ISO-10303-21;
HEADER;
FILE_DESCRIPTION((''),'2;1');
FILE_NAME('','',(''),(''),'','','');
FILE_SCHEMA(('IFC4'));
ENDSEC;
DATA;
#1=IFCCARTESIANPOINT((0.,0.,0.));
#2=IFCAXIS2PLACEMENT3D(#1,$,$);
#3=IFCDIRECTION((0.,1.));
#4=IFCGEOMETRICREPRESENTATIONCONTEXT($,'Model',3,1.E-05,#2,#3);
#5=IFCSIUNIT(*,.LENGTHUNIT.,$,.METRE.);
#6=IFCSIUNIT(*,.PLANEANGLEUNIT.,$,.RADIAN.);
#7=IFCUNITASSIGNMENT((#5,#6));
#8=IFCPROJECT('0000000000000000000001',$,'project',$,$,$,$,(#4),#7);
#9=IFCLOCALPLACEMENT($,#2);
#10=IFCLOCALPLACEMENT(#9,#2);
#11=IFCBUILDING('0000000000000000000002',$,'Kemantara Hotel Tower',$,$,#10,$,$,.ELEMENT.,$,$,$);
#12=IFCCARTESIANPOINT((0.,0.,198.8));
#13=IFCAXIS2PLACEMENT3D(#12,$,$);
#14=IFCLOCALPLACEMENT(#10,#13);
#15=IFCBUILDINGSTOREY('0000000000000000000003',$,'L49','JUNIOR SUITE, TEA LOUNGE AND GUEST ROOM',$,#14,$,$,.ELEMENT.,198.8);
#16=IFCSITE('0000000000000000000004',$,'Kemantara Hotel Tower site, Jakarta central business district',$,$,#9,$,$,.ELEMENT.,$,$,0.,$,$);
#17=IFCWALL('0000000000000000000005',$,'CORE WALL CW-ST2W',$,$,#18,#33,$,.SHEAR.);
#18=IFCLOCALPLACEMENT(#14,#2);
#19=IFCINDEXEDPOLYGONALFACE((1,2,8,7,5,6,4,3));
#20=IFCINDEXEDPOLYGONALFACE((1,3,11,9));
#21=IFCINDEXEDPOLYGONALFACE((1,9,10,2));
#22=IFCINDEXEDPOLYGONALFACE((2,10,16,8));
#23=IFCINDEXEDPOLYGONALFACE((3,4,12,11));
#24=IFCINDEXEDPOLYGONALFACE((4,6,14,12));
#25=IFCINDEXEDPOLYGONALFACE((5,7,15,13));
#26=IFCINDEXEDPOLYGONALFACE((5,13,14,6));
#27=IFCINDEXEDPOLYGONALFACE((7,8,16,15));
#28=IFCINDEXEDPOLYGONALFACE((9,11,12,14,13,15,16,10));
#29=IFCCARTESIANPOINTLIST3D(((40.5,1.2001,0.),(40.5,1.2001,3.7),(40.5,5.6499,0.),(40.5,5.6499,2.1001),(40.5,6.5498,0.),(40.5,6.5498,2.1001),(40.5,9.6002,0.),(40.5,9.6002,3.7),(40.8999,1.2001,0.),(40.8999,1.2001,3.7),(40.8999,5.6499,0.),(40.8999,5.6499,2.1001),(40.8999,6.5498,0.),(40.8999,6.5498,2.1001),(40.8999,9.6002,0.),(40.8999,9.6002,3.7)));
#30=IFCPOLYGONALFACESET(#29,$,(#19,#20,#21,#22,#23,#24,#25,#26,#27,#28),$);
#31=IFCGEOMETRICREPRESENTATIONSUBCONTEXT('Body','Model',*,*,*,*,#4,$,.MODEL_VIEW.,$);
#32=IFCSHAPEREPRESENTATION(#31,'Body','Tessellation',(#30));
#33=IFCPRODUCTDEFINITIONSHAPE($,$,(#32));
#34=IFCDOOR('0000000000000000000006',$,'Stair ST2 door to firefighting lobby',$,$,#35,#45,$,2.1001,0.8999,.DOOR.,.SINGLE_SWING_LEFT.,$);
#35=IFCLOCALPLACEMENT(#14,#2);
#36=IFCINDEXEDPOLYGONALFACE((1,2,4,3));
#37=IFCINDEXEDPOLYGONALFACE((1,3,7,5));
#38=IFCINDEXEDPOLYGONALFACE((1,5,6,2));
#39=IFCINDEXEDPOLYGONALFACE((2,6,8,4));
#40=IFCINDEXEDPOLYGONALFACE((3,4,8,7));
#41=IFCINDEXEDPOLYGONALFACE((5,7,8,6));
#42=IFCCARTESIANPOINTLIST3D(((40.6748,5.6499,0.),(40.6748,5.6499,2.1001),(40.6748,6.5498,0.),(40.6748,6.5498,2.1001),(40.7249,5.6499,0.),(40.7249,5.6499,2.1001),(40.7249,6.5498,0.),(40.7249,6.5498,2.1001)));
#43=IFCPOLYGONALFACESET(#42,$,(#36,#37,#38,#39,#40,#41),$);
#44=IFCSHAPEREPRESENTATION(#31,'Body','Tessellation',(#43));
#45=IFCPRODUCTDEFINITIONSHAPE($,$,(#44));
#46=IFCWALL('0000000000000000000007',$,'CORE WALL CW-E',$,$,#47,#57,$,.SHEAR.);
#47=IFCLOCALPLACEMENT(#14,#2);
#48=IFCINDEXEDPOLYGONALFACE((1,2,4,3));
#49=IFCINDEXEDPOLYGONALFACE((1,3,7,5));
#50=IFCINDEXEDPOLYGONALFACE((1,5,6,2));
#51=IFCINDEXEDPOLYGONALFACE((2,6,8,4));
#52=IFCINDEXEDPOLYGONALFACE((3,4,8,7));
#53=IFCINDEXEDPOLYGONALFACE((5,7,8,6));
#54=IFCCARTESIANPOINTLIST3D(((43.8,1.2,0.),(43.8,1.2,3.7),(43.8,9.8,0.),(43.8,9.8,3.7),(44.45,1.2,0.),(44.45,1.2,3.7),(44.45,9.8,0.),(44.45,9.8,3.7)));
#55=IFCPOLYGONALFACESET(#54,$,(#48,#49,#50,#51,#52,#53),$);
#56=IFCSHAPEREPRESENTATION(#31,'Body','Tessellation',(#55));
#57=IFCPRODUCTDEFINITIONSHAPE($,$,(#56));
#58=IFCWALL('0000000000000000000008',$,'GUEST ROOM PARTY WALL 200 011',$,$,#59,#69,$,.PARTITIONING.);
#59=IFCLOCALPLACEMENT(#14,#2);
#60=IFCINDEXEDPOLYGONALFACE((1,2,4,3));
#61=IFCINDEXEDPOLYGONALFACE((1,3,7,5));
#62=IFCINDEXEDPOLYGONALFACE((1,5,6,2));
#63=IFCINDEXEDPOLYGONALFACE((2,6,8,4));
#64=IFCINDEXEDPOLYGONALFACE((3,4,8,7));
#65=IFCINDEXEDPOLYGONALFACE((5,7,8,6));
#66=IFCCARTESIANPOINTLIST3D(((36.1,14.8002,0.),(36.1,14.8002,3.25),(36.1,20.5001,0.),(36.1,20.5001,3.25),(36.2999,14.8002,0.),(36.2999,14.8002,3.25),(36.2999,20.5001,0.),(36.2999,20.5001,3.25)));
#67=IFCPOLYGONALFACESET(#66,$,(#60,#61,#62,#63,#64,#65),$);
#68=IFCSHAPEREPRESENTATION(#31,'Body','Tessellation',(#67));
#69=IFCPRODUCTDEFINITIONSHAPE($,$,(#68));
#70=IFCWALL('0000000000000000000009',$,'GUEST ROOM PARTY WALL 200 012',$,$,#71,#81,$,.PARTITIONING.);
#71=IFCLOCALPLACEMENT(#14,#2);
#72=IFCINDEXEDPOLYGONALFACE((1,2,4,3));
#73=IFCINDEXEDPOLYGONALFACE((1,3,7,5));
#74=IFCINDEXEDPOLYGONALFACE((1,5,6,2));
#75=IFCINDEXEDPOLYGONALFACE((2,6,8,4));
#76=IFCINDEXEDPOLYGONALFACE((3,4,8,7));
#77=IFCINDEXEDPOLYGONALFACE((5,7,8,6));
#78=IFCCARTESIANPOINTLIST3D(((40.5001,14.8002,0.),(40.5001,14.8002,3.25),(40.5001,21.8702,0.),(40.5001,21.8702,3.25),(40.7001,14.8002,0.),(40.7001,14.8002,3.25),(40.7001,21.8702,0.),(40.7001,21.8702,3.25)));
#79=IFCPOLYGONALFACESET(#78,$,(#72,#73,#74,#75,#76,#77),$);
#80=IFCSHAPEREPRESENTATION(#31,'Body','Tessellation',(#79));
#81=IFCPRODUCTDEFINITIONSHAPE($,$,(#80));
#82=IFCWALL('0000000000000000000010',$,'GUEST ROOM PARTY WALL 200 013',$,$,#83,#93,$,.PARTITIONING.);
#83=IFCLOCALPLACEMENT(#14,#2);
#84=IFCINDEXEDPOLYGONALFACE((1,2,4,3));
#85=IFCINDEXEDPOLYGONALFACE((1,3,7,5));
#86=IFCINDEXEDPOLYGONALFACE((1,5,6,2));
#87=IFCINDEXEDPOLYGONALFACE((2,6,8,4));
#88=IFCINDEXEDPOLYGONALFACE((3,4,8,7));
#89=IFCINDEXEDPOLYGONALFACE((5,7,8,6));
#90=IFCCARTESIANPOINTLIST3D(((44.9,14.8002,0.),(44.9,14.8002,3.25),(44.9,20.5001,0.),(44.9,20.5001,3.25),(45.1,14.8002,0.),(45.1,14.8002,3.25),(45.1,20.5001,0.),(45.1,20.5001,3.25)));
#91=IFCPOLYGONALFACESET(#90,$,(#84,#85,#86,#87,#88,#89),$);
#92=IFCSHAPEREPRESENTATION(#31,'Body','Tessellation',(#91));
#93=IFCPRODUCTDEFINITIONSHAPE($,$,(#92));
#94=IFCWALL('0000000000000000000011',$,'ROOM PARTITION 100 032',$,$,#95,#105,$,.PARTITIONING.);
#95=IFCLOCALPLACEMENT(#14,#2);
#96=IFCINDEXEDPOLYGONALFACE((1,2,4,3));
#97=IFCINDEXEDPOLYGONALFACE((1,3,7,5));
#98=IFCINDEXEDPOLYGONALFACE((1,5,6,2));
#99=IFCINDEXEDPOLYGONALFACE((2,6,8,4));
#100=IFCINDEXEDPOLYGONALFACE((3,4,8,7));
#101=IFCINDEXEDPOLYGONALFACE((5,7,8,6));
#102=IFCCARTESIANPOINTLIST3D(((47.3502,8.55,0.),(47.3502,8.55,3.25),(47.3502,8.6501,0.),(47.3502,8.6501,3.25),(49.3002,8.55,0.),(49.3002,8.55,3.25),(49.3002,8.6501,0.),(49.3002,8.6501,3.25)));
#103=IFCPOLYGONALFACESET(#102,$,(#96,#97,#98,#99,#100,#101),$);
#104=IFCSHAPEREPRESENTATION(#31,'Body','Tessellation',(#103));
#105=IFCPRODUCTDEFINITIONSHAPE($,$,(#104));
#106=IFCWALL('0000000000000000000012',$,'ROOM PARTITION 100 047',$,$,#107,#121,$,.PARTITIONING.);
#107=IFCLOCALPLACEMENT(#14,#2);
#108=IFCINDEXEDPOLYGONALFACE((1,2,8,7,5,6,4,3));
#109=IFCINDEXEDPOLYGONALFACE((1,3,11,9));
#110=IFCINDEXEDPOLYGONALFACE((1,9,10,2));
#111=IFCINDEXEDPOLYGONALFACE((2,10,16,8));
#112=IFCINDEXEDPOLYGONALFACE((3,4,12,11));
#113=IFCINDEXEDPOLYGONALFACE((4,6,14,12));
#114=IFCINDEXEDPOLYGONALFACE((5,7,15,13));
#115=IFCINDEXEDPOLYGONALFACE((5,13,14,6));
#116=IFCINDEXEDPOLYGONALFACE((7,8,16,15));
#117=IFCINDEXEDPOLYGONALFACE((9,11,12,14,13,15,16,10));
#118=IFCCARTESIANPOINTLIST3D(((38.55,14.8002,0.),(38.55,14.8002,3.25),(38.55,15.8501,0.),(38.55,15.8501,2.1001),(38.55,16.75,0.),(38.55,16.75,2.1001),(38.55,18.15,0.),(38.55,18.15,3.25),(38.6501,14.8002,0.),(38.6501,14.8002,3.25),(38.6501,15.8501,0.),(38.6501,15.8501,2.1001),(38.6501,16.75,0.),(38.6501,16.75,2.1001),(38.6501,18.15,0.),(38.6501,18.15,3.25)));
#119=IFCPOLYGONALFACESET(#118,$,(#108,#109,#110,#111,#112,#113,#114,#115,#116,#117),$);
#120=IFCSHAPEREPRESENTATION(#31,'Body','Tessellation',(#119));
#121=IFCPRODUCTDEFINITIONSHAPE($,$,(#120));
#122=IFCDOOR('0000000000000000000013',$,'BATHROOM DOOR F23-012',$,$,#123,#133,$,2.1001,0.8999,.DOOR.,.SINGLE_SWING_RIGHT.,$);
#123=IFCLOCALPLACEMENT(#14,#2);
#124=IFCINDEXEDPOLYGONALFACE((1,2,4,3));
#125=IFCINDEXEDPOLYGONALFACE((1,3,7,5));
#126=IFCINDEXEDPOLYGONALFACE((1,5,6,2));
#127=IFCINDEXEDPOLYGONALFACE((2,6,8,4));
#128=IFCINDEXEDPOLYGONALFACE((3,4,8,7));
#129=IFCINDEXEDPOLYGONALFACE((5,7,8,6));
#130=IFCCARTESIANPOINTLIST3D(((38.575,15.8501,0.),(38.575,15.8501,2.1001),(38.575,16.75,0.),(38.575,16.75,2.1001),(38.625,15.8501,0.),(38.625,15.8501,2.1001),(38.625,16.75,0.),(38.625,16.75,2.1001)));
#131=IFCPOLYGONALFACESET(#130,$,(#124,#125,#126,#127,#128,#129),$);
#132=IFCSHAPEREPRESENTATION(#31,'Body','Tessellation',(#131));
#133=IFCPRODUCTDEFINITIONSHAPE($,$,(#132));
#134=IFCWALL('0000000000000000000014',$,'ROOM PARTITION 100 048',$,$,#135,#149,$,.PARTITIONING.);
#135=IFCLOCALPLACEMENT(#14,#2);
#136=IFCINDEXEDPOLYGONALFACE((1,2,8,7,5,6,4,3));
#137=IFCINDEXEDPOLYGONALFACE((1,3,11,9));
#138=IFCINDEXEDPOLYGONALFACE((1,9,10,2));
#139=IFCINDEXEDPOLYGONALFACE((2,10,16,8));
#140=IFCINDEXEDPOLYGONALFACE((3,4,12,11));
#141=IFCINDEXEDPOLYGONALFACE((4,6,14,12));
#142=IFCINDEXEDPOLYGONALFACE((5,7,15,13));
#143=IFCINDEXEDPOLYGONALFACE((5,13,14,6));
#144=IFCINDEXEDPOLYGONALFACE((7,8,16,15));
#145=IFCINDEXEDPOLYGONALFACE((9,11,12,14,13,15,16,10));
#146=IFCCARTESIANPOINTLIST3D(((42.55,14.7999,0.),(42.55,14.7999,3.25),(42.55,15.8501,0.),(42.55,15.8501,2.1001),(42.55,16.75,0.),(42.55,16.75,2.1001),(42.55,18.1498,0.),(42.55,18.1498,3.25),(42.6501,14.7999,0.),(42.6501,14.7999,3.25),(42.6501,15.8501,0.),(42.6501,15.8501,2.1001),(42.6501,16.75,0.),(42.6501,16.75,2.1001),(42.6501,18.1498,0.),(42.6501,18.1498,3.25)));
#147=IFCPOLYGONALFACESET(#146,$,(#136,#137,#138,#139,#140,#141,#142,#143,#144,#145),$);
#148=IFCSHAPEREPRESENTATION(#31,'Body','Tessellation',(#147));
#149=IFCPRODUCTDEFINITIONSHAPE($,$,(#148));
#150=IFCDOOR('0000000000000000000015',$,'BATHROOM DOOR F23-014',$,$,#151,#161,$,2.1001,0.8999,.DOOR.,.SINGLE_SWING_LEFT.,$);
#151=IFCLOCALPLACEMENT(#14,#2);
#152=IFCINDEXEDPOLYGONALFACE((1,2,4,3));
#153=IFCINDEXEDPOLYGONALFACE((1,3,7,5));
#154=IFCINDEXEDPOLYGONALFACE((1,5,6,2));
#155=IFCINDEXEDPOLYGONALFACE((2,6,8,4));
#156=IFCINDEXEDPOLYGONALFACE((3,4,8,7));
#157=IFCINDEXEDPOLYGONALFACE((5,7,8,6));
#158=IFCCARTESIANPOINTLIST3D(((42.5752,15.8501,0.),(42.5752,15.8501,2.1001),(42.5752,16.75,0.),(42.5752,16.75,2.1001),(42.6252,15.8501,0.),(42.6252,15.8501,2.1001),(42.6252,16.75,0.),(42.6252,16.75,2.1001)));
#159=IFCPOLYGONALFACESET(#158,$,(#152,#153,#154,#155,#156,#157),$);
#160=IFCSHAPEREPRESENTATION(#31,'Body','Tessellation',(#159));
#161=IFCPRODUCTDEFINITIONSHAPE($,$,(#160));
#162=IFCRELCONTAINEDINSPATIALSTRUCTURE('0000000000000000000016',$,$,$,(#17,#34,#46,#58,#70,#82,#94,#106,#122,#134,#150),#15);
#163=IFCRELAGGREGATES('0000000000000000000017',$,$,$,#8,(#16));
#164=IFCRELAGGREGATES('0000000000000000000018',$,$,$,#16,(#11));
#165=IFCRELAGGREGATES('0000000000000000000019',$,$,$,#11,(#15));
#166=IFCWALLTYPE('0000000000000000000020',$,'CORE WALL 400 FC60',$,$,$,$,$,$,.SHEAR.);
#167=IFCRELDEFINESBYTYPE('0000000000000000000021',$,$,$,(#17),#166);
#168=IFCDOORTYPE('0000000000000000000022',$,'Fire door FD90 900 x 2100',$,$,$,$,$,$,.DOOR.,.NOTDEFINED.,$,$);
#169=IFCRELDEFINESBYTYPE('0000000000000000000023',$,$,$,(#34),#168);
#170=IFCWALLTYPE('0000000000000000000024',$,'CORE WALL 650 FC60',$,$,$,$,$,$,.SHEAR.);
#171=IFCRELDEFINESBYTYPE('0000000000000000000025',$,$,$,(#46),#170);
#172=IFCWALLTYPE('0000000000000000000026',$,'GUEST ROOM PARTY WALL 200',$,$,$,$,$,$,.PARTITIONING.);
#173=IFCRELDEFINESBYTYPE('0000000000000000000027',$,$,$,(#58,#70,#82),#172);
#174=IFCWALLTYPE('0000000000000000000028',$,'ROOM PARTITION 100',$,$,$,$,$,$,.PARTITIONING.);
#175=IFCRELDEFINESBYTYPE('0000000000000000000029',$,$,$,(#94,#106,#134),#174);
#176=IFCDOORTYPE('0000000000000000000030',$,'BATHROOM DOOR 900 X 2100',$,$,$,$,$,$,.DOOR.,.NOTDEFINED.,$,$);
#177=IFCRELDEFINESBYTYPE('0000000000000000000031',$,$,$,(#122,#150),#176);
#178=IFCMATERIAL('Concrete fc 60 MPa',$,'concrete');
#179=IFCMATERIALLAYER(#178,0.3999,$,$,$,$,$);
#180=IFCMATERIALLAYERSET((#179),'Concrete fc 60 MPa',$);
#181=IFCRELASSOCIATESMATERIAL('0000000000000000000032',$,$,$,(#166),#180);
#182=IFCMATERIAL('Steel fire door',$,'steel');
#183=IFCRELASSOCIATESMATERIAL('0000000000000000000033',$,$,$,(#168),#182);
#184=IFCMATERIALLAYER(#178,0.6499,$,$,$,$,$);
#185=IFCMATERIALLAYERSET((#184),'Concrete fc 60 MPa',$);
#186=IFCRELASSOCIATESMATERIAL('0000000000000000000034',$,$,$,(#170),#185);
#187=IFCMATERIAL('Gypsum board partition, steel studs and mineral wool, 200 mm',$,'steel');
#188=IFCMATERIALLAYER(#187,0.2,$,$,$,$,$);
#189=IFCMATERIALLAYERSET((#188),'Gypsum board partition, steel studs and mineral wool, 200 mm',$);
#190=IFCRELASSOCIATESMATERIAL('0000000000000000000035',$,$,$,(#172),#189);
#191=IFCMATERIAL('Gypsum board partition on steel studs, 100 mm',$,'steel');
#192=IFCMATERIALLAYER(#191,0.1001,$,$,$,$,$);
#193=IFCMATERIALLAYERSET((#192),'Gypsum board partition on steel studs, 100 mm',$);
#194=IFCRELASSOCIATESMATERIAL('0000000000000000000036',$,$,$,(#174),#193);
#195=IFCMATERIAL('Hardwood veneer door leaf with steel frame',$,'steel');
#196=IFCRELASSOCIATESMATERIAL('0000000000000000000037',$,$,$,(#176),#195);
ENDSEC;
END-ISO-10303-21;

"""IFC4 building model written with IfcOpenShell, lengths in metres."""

from ifc_helpers import new_model, si_unit, direction, frame, frame_2d, origin, place, context, subcontext, project, spatial, rectangle, extrude, material, layer, layer_set, type_object, element, fill, save


model = new_model("IFC4")

# Units and contexts
model_context = context("Model", 3, precision=1e-05, world=origin(), true_north=direction((0.0, 1.0)))
body_context = subcontext(model_context, "Body", "Model", "MODEL_VIEW")
ifc_project = project(units=[si_unit("LENGTHUNIT", "METRE"), si_unit("PLANEANGLEUNIT", "RADIAN")], contexts=[model_context])

# Site, building, storey
site_placement = place(None, origin())
site = spatial("IfcSite", under=ifc_project, at=site_placement, Name="Kemantara Hotel Tower site, Jakarta central business district", CompositionType="ELEMENT", RefElevation=0.0)
building_placement = place(site_placement, origin())
building = spatial("IfcBuilding", under=site, at=building_placement, Name="Kemantara Hotel Tower", CompositionType="ELEMENT")
storey_placement = place(building_placement, frame((0.0, 0.0, 198.8)))
storey = spatial("IfcBuildingStorey", under=building, at=storey_placement, Name="L49", Description="JUNIOR SUITE, TEA LOUNGE AND GUEST ROOM", CompositionType="ELEMENT", Elevation=198.8)

# Shared definitions
ifc_material_1 = material(Name="Concrete fc 60 MPa", Category="concrete")

# Wall, opening, door
ifc_layer_1 = layer(ifc_material_1, 0.3999)
ifc_layer_set_1 = layer_set([ifc_layer_1], Name="Concrete fc 60 MPa")
wall_type_1 = type_object("IfcWallType", Name="CORE WALL 400 FC60", PredefinedType="SHEAR", material=ifc_layer_set_1)
ifc_material_2 = material(Name="Steel fire door", Category="steel")
wall_1_placement = place(storey_placement, frame((40.7, 1.2, 0.0), z_axis=(0.0, 0.0, 1.0), x_axis=(0.0, 1.0, 0.0)))
wall_1 = element("IfcWall", 1, at=wall_1_placement, inside=storey, type_object=wall_type_1, Name="CORE WALL CW-ST2W", PredefinedType="SHEAR", context=body_context, shape_type="SweptSolid", body=[
    extrude(rectangle(XDim=8.4001, YDim=0.3999, at=frame_2d((4.2002, 0.0))), origin(), (0.0, 0.0, 1.0), 3.7),
])
opening_1_placement = place(wall_1_placement, frame((4.45, 0.0, 0.0)))
opening_1 = element("IfcOpeningElement", 2, at=opening_1_placement, cuts=wall_1, PredefinedType="OPENING", context=body_context, shape_type="SweptSolid", body=[
    extrude(rectangle(XDim=0.8999, YDim=2.1001, at=frame_2d((0.45, 1.05))), frame((0.0, 0.21, 0.0), z_axis=(0.0, -1.0, 0.0), x_axis=(1.0, 0.0, 0.0)), (0.0, 0.0, 1.0), 0.4199),
])
door_type_1 = type_object("IfcDoorType", Name="Fire door FD90 900 x 2100", OperationType="NOTDEFINED", PredefinedType="DOOR", material=ifc_material_2)
door_1_placement = place(opening_1_placement, frame((0.8999, 0.0, 0.0), z_axis=(0.0, 0.0, 1.0), x_axis=(-1.0, 0.0, 0.0)))
door_1 = element("IfcDoor", 3, at=door_1_placement, inside=storey, type_object=door_type_1, Name="Stair ST2 door to firefighting lobby", OperationType="SINGLE_SWING_LEFT", OverallHeight=2.1001, OverallWidth=0.8999, PredefinedType="DOOR", context=body_context, shape_type="SweptSolid", body=[
    extrude(rectangle(XDim=0.8999, YDim=2.1001, at=frame_2d((0.45, 1.05))), frame((0.0, 0.0249, 0.0), z_axis=(0.0, -1.0, 0.0), x_axis=(1.0, 0.0, 0.0)), (0.0, 0.0, 1.0), 0.05),
])
fill(opening_1, door_1)

# Walls
ifc_layer_2 = layer(ifc_material_1, 0.6499)
ifc_layer_set_2 = layer_set([ifc_layer_2], Name="Concrete fc 60 MPa")
wall_type_2 = type_object("IfcWallType", Name="CORE WALL 650 FC60", PredefinedType="SHEAR", material=ifc_layer_set_2)
wall_2_placement = place(storey_placement, frame((44.125, 1.2, 0.0), z_axis=(0.0, 0.0, 1.0), x_axis=(0.0, 1.0, 0.0)))
element("IfcWall", 4, at=wall_2_placement, inside=storey, type_object=wall_type_2, Name="CORE WALL CW-E", PredefinedType="SHEAR", context=body_context, shape_type="SweptSolid", body=[
    extrude(rectangle(XDim=8.6001, YDim=0.6499, at=frame_2d((4.3, 0.0))), origin(), (0.0, 0.0, 1.0), 3.7),
])
ifc_material_3 = material(Name="Gypsum board partition, steel studs and mineral wool, 200 mm", Category="steel")
ifc_layer_3 = layer(ifc_material_3, 0.2)
ifc_layer_set_3 = layer_set([ifc_layer_3], Name="Gypsum board partition, steel studs and mineral wool, 200 mm")
wall_type_3 = type_object("IfcWallType", Name="GUEST ROOM PARTY WALL 200", PredefinedType="PARTITIONING", material=ifc_layer_set_3)
wall_3_placement = place(storey_placement, frame((36.2, 14.8, 0.0), z_axis=(0.0, 0.0, 1.0), x_axis=(0.0, 1.0, 0.0)))
element("IfcWall", 5, at=wall_3_placement, inside=storey, type_object=wall_type_3, Name="GUEST ROOM PARTY WALL 200 011", PredefinedType="PARTITIONING", context=body_context, shape_type="SweptSolid", body=[
    extrude(rectangle(XDim=5.7, YDim=0.2, at=frame_2d((2.8501, 0.0))), origin(), (0.0, 0.0, 1.0), 3.25),
])
wall_4_placement = place(storey_placement, frame((40.6001, 14.8, 0.0), z_axis=(0.0, 0.0, 1.0), x_axis=(0.0, 1.0, 0.0)))
element("IfcWall", 6, at=wall_4_placement, inside=storey, type_object=wall_type_3, Name="GUEST ROOM PARTY WALL 200 012", PredefinedType="PARTITIONING", context=body_context, shape_type="SweptSolid", body=[
    extrude(rectangle(XDim=7.0701, YDim=0.2, at=frame_2d((3.5352, 0.0))), origin(), (0.0, 0.0, 1.0), 3.25),
])
wall_5_placement = place(storey_placement, frame((45.0, 14.8, 0.0), z_axis=(0.0, 0.0, 1.0), x_axis=(0.0, 1.0, 0.0)))
element("IfcWall", 7, at=wall_5_placement, inside=storey, type_object=wall_type_3, Name="GUEST ROOM PARTY WALL 200 013", PredefinedType="PARTITIONING", context=body_context, shape_type="SweptSolid", body=[
    extrude(rectangle(XDim=5.7, YDim=0.2, at=frame_2d((2.8501, 0.0))), origin(), (0.0, 0.0, 1.0), 3.25),
])
ifc_material_4 = material(Name="Gypsum board partition on steel studs, 100 mm", Category="steel")
ifc_layer_4 = layer(ifc_material_4, 0.1001)
ifc_layer_set_4 = layer_set([ifc_layer_4], Name="Gypsum board partition on steel studs, 100 mm")
wall_type_4 = type_object("IfcWallType", Name="ROOM PARTITION 100", PredefinedType="PARTITIONING", material=ifc_layer_set_4)
wall_6_placement = place(storey_placement, frame((47.3501, 8.6001, 0.0), z_axis=(0.0, 0.0, 1.0), x_axis=(1.0, 0.0, 0.0)))
element("IfcWall", 8, at=wall_6_placement, inside=storey, type_object=wall_type_4, Name="ROOM PARTITION 100 032", PredefinedType="PARTITIONING", context=body_context, shape_type="SweptSolid", body=[
    extrude(rectangle(XDim=1.95, YDim=0.1001, at=frame_2d((0.9751, 0.0))), origin(), (0.0, 0.0, 1.0), 3.25),
])

# Walls, openings, doors
wall_7_placement = place(storey_placement, frame((38.6001, 18.1499, 0.0), z_axis=(0.0, 0.0, 1.0), x_axis=(0.0, -1.0, 0.0)))
wall_7 = element("IfcWall", 9, at=wall_7_placement, inside=storey, type_object=wall_type_4, Name="ROOM PARTITION 100 047", PredefinedType="PARTITIONING", context=body_context, shape_type="SweptSolid", body=[
    extrude(rectangle(XDim=3.3499, YDim=0.1001, at=frame_2d((1.6748, 0.0))), origin(), (0.0, 0.0, 1.0), 3.25),
])
opening_2_placement = place(wall_7_placement, frame((1.3999, 0.0, 0.0)))
opening_2 = element("IfcOpeningElement", 10, at=opening_2_placement, cuts=wall_7, PredefinedType="OPENING", context=body_context, shape_type="SweptSolid", body=[
    extrude(rectangle(XDim=0.8999, YDim=2.1001, at=frame_2d((0.45, 1.05))), frame((0.0, 0.0601, 0.0), z_axis=(0.0, -1.0, 0.0), x_axis=(1.0, 0.0, 0.0)), (0.0, 0.0, 1.0), 0.1201),
])
ifc_material_5 = material(Name="Hardwood veneer door leaf with steel frame", Category="steel")
door_type_2 = type_object("IfcDoorType", Name="BATHROOM DOOR 900 X 2100", OperationType="NOTDEFINED", PredefinedType="DOOR", material=ifc_material_5)
door_2_placement = place(opening_2_placement, origin())
door_2 = element("IfcDoor", 11, at=door_2_placement, inside=storey, type_object=door_type_2, Name="BATHROOM DOOR F23-012", OperationType="SINGLE_SWING_RIGHT", OverallHeight=2.1001, OverallWidth=0.8999, PredefinedType="DOOR", context=body_context, shape_type="SweptSolid", body=[
    extrude(rectangle(XDim=0.8999, YDim=2.1001, at=frame_2d((0.45, 1.05))), frame((0.0, 0.0249, 0.0), z_axis=(0.0, -1.0, 0.0), x_axis=(1.0, 0.0, 0.0)), (0.0, 0.0, 1.0), 0.05),
])
fill(opening_2, door_2)
wall_8_placement = place(storey_placement, frame((42.6001, 14.8, 0.0), z_axis=(0.0, 0.0, 1.0), x_axis=(0.0, 1.0, 0.0)))
wall_8 = element("IfcWall", 12, at=wall_8_placement, inside=storey, type_object=wall_type_4, Name="ROOM PARTITION 100 048", PredefinedType="PARTITIONING", context=body_context, shape_type="SweptSolid", body=[
    extrude(rectangle(XDim=3.3499, YDim=0.1001, at=frame_2d((1.6748, 0.0))), origin(), (0.0, 0.0, 1.0), 3.25),
])
opening_3_placement = place(wall_8_placement, frame((1.05, 0.0, 0.0)))
opening_3 = element("IfcOpeningElement", 13, at=opening_3_placement, cuts=wall_8, PredefinedType="OPENING", context=body_context, shape_type="SweptSolid", body=[
    extrude(rectangle(XDim=0.8999, YDim=2.1001, at=frame_2d((0.45, 1.05))), frame((0.0, 0.0601, 0.0), z_axis=(0.0, -1.0, 0.0), x_axis=(1.0, 0.0, 0.0)), (0.0, 0.0, 1.0), 0.1201),
])
door_3_placement = place(opening_3_placement, origin())
door_3 = element("IfcDoor", 14, at=door_3_placement, inside=storey, type_object=door_type_2, Name="BATHROOM DOOR F23-014", OperationType="SINGLE_SWING_LEFT", OverallHeight=2.1001, OverallWidth=0.8999, PredefinedType="DOOR", context=body_context, shape_type="SweptSolid", body=[
    extrude(rectangle(XDim=0.8999, YDim=2.1001, at=frame_2d((0.45, 1.05))), frame((0.0, 0.0249, 0.0), z_axis=(0.0, -1.0, 0.0), x_axis=(1.0, 0.0, 0.0)), (0.0, 0.0, 1.0), 0.05),
])
fill(opening_3, door_3)

save(model, "model.ifc")
